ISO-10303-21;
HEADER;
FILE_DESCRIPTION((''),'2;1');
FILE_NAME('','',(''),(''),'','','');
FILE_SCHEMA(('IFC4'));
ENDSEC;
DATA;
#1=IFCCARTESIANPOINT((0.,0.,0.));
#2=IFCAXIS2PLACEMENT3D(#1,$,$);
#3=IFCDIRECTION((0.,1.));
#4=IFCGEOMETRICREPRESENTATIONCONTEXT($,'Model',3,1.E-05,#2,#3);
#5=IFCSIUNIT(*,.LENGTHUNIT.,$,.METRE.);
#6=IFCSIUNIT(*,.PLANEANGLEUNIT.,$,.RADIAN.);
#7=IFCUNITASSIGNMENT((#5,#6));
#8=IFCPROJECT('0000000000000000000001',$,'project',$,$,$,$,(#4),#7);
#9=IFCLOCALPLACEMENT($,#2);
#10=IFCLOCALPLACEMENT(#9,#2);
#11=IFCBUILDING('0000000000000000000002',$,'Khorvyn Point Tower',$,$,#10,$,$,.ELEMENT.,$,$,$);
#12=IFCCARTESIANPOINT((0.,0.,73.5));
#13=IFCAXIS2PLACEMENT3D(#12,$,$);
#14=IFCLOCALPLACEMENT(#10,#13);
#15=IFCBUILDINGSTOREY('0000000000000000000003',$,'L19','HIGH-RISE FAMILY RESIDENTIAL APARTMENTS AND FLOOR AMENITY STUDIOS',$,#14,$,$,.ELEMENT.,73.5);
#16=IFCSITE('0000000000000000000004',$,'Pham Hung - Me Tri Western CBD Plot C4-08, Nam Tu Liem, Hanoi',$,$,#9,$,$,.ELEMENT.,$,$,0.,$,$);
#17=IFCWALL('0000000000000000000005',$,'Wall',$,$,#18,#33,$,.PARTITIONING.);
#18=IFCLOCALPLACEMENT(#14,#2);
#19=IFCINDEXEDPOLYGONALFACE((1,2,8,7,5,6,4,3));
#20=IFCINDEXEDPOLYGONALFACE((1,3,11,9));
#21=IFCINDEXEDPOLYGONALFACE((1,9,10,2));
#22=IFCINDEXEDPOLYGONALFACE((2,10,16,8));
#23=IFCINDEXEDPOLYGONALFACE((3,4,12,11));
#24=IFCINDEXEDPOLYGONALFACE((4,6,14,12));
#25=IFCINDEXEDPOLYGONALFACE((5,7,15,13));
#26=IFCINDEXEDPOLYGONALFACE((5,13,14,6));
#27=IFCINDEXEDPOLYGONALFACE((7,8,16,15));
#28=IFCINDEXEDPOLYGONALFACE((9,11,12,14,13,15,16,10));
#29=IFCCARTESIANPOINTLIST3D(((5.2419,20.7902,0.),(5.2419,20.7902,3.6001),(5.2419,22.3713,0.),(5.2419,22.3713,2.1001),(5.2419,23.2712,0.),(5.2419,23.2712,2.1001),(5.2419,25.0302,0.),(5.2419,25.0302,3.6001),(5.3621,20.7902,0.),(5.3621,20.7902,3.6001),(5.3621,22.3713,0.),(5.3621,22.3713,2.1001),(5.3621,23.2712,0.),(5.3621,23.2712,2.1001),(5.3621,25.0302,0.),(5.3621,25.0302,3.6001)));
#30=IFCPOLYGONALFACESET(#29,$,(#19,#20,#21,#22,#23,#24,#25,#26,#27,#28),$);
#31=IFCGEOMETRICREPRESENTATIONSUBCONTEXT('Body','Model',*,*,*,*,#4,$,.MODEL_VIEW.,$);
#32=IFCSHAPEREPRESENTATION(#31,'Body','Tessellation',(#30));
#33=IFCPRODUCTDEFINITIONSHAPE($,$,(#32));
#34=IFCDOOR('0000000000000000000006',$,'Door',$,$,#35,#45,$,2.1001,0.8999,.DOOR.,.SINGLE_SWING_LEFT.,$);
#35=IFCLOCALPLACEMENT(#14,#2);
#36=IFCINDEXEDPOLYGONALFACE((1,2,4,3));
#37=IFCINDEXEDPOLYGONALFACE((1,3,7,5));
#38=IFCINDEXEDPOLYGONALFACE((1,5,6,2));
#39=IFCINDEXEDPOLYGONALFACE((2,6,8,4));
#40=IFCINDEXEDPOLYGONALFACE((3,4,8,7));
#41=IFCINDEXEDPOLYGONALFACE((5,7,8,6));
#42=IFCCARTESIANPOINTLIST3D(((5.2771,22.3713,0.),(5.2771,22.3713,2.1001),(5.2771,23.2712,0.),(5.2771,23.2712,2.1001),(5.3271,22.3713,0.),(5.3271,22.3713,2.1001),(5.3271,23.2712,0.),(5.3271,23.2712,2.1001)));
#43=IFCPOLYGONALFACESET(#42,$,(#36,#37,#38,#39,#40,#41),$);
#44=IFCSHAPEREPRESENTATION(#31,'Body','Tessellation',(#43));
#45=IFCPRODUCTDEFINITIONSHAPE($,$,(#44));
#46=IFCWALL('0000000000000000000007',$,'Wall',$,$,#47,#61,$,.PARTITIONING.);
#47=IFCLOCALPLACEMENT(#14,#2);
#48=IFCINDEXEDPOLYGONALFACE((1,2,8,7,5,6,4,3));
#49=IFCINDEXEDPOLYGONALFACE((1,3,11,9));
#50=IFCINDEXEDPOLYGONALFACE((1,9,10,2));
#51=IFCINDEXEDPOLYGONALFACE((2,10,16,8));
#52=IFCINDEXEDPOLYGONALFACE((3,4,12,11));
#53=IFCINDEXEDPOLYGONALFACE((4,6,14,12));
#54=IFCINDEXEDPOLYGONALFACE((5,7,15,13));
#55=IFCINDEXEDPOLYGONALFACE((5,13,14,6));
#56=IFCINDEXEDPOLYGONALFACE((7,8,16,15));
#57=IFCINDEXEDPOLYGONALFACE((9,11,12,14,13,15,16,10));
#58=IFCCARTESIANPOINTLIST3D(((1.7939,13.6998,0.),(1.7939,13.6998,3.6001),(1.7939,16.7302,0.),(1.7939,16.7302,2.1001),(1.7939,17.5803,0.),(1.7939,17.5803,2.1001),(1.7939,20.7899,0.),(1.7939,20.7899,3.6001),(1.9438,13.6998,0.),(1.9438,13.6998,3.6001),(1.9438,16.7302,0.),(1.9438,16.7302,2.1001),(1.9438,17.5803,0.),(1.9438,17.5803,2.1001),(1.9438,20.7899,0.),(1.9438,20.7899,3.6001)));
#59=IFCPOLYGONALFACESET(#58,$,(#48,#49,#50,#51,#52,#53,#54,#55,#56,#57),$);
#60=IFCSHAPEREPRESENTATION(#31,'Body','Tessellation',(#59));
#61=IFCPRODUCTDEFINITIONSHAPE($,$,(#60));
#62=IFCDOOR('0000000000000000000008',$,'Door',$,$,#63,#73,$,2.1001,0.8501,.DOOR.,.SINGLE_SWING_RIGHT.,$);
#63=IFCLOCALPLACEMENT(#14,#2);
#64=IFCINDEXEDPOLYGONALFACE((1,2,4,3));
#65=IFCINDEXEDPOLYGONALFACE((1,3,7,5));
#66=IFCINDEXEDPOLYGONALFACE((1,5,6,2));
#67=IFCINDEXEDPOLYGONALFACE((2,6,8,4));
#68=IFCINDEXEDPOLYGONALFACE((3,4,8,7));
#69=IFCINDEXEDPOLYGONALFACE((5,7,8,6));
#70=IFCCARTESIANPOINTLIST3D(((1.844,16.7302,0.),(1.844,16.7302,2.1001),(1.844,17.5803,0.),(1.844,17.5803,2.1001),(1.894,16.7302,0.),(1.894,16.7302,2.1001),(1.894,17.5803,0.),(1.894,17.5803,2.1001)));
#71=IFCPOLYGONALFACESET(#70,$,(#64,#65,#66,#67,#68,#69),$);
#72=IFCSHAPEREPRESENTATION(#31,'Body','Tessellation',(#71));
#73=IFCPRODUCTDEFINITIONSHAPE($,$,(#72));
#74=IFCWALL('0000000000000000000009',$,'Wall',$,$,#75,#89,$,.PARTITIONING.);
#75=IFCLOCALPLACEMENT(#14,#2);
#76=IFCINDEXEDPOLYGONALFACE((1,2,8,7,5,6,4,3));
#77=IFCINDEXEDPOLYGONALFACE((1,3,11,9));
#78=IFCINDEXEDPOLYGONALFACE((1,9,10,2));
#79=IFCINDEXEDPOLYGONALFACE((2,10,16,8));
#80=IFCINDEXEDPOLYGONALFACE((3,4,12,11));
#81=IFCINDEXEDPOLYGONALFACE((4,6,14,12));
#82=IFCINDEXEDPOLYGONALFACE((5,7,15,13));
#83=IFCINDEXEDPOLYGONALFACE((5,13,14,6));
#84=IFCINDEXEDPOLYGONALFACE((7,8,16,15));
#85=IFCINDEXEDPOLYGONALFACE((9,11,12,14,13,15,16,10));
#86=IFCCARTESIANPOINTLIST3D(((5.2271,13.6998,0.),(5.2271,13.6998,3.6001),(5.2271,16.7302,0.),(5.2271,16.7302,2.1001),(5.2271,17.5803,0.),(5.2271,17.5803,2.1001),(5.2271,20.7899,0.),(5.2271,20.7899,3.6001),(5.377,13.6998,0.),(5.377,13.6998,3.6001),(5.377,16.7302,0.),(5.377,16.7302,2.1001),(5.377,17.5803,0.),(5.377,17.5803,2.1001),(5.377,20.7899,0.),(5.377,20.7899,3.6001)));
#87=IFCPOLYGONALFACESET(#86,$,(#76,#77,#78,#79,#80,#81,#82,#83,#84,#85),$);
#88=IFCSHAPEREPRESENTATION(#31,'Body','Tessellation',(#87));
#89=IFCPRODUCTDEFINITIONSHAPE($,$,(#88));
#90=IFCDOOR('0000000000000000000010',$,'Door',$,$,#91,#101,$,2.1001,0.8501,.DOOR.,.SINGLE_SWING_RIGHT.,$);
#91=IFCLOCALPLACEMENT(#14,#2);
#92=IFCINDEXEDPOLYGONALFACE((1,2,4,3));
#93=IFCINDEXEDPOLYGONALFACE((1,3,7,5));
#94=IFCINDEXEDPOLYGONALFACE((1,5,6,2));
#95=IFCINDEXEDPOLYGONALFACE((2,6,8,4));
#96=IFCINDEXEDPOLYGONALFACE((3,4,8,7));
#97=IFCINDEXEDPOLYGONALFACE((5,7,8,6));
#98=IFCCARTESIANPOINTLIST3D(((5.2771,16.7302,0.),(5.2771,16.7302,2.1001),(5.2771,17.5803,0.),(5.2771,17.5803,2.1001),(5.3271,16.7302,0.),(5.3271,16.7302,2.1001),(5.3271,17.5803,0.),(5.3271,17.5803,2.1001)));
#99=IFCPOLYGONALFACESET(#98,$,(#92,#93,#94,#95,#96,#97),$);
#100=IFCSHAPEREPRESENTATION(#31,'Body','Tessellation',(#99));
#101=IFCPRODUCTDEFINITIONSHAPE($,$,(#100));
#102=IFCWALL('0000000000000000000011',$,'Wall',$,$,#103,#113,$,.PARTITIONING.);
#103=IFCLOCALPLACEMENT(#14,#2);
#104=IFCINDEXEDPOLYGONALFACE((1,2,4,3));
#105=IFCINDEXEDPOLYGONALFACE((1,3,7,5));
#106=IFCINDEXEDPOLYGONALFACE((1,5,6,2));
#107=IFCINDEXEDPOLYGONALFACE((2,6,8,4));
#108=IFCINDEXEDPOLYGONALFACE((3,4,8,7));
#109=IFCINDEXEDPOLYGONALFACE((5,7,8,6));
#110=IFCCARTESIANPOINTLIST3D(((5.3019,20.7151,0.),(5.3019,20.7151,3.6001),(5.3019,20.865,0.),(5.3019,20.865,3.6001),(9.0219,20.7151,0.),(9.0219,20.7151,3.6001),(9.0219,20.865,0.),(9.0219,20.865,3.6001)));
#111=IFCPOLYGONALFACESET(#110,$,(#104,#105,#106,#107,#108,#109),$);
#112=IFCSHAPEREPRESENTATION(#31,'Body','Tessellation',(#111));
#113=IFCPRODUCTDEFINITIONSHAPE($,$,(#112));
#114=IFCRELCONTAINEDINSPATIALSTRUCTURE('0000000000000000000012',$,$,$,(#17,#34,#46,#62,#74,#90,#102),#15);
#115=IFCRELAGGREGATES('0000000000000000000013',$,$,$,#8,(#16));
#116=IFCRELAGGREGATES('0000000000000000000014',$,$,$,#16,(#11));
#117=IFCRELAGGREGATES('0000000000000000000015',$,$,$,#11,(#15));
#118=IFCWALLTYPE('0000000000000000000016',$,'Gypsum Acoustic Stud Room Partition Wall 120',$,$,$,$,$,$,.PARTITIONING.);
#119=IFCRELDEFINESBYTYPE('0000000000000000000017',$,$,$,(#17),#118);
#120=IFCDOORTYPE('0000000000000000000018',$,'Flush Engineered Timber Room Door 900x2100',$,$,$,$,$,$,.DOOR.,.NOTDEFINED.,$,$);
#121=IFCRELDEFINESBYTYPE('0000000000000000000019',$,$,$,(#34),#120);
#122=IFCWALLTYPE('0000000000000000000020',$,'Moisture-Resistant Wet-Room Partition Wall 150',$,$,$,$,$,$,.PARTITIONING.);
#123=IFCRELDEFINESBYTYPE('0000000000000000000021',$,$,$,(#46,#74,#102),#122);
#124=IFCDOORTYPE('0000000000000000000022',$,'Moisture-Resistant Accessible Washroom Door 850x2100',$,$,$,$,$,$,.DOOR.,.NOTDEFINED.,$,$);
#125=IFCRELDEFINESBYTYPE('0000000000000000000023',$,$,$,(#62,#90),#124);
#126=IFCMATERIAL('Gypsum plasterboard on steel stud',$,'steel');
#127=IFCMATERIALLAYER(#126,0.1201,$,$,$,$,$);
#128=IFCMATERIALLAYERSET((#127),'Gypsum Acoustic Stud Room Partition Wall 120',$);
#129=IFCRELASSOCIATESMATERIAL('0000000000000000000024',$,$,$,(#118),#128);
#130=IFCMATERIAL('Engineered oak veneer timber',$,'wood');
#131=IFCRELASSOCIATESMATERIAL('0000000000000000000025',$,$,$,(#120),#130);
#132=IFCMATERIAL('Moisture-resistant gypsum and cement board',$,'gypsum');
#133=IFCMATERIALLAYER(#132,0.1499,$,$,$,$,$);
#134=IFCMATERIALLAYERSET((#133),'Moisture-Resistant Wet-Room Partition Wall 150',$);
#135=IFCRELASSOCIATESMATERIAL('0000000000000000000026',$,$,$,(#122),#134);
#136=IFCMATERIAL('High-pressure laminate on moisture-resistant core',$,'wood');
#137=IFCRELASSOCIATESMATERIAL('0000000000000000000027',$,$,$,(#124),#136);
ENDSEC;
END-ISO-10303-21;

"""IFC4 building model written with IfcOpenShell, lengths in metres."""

from ifc_helpers import new_model, si_unit, direction, frame, frame_2d, origin, place, context, subcontext, project, spatial, rectangle, extrude, material, layer, layer_set, type_object, element, fill, save


model = new_model("IFC4")

# Units and contexts
model_context = context("Model", 3, precision=1e-05, world=origin(), true_north=direction((0.0, 1.0)))
body_context = subcontext(model_context, "Body", "Model", "MODEL_VIEW")
ifc_project = project(units=[si_unit("LENGTHUNIT", "METRE"), si_unit("PLANEANGLEUNIT", "RADIAN")], contexts=[model_context])

# Site, building, storey
site_placement = place(None, origin())
site = spatial("IfcSite", under=ifc_project, at=site_placement, Name="Pham Hung - Me Tri Western CBD Plot C4-08, Nam Tu Liem, Hanoi", CompositionType="ELEMENT", RefElevation=0.0)
building_placement = place(site_placement, origin())
building = spatial("IfcBuilding", under=site, at=building_placement, Name="Khorvyn Point Tower", CompositionType="ELEMENT")
storey_placement = place(building_placement, frame((0.0, 0.0, 73.5)))
storey = spatial("IfcBuildingStorey", under=building, at=storey_placement, Name="L19", Description="HIGH-RISE FAMILY RESIDENTIAL APARTMENTS AND FLOOR AMENITY STUDIOS", CompositionType="ELEMENT", Elevation=73.5)

# Walls, openings, doors
ifc_material_1 = material(Name="Gypsum plasterboard on steel stud", Category="steel")
ifc_layer_1 = layer(ifc_material_1, 0.1201)
ifc_layer_set_1 = layer_set([ifc_layer_1], Name="Gypsum Acoustic Stud Room Partition Wall 120")
wall_type_1 = type_object("IfcWallType", Name="Gypsum Acoustic Stud Room Partition Wall 120", PredefinedType="PARTITIONING", material=ifc_layer_set_1)
ifc_material_2 = material(Name="Engineered oak veneer timber", Category="wood")
door_type_1 = type_object("IfcDoorType", Name="Flush Engineered Timber Room Door 900x2100", OperationType="NOTDEFINED", PredefinedType="DOOR", material=ifc_material_2)
wall_1_placement = place(storey_placement, frame((5.302, 20.79, 0.0), z_axis=(0.0, 0.0, 1.0), x_axis=(0.0, 1.0, 0.0)))
wall_1 = element("IfcWall", 1, at=wall_1_placement, inside=storey, type_object=wall_type_1, Name="Wall", PredefinedType="PARTITIONING", context=body_context, shape_type="SweptSolid", body=[
    extrude(rectangle(XDim=4.24, YDim=0.1201, at=frame_2d((2.1201, 0.0))), origin(), (0.0, 0.0, 1.0), 3.6001),
])
opening_1_placement = place(wall_1_placement, frame((1.5813, 0.0, 0.0)))
opening_1 = element("IfcOpeningElement", 2, at=opening_1_placement, cuts=wall_1, PredefinedType="OPENING", context=body_context, shape_type="SweptSolid", body=[
    extrude(rectangle(XDim=0.8999, YDim=2.1001, at=frame_2d((0.45, 1.05))), frame((0.0, 0.0701, 0.0), z_axis=(0.0, -1.0, 0.0), x_axis=(1.0, 0.0, 0.0)), (0.0, 0.0, 1.0), 0.1401),
])
door_1_placement = place(opening_1_placement, origin())
door_1 = element("IfcDoor", 3, at=door_1_placement, inside=storey, type_object=door_type_1, Name="Door", OperationType="SINGLE_SWING_LEFT", OverallHeight=2.1001, OverallWidth=0.8999, PredefinedType="DOOR", context=body_context, shape_type="SweptSolid", body=[
    extrude(rectangle(XDim=0.8999, YDim=2.1001, at=frame_2d((0.45, 1.05))), frame((0.0, 0.0249, 0.0), z_axis=(0.0, -1.0, 0.0), x_axis=(1.0, 0.0, 0.0)), (0.0, 0.0, 1.0), 0.05),
])
fill(opening_1, door_1)
ifc_material_3 = material(Name="Moisture-resistant gypsum and cement board", Category="gypsum")
ifc_layer_2 = layer(ifc_material_3, 0.1499)
ifc_layer_set_2 = layer_set([ifc_layer_2], Name="Moisture-Resistant Wet-Room Partition Wall 150")
wall_type_2 = type_object("IfcWallType", Name="Moisture-Resistant Wet-Room Partition Wall 150", PredefinedType="PARTITIONING", material=ifc_layer_set_2)
wall_2_placement = place(storey_placement, frame((1.8689, 13.7, 0.0), z_axis=(0.0, 0.0, 1.0), x_axis=(0.0, 1.0, 0.0)))
wall_2 = element("IfcWall", 4, at=wall_2_placement, inside=storey, type_object=wall_type_2, Name="Wall", PredefinedType="PARTITIONING", context=body_context, shape_type="SweptSolid", body=[
    extrude(rectangle(XDim=7.0901, YDim=0.1499, at=frame_2d((3.5449, 0.0))), origin(), (0.0, 0.0, 1.0), 3.6001),
])
opening_2_placement = place(wall_2_placement, frame((3.0303, 0.0, 0.0)))
opening_2 = element("IfcOpeningElement", 5, at=opening_2_placement, cuts=wall_2, PredefinedType="OPENING", context=body_context, shape_type="SweptSolid", body=[
    extrude(rectangle(XDim=0.8501, YDim=2.1001, at=frame_2d((0.425, 1.05))), frame((0.0, 0.085, 0.0), z_axis=(0.0, -1.0, 0.0), x_axis=(1.0, 0.0, 0.0)), (0.0, 0.0, 1.0), 0.1699),
])
ifc_material_4 = material(Name="High-pressure laminate on moisture-resistant core", Category="wood")
door_type_2 = type_object("IfcDoorType", Name="Moisture-Resistant Accessible Washroom Door 850x2100", OperationType="NOTDEFINED", PredefinedType="DOOR", material=ifc_material_4)
door_2_placement = place(opening_2_placement, origin())
door_2 = element("IfcDoor", 6, at=door_2_placement, inside=storey, type_object=door_type_2, Name="Door", OperationType="SINGLE_SWING_RIGHT", OverallHeight=2.1001, OverallWidth=0.8501, PredefinedType="DOOR", context=body_context, shape_type="SweptSolid", body=[
    extrude(rectangle(XDim=0.8501, YDim=2.1001, at=frame_2d((0.425, 1.05))), frame((0.0, 0.0249, 0.0), z_axis=(0.0, -1.0, 0.0), x_axis=(1.0, 0.0, 0.0)), (0.0, 0.0, 1.0), 0.05),
])
fill(opening_2, door_2)
wall_3_placement = place(storey_placement, frame((5.302, 13.7, 0.0), z_axis=(0.0, 0.0, 1.0), x_axis=(0.0, 1.0, 0.0)))
wall_3 = element("IfcWall", 7, at=wall_3_placement, inside=storey, type_object=wall_type_2, Name="Wall", PredefinedType="PARTITIONING", context=body_context, shape_type="SweptSolid", body=[
    extrude(rectangle(XDim=7.0901, YDim=0.1499, at=frame_2d((3.5449, 0.0))), origin(), (0.0, 0.0, 1.0), 3.6001),
])
opening_3_placement = place(wall_3_placement, frame((3.0303, 0.0, 0.0)))
opening_3 = element("IfcOpeningElement", 8, at=opening_3_placement, cuts=wall_3, PredefinedType="OPENING", context=body_context, shape_type="SweptSolid", body=[
    extrude(rectangle(XDim=0.8501, YDim=2.1001, at=frame_2d((0.425, 1.05))), frame((0.0, 0.085, 0.0), z_axis=(0.0, -1.0, 0.0), x_axis=(1.0, 0.0, 0.0)), (0.0, 0.0, 1.0), 0.1699),
])
door_3_placement = place(opening_3_placement, origin())
door_3 = element("IfcDoor", 9, at=door_3_placement, inside=storey, type_object=door_type_2, Name="Door", OperationType="SINGLE_SWING_RIGHT", OverallHeight=2.1001, OverallWidth=0.8501, PredefinedType="DOOR", context=body_context, shape_type="SweptSolid", body=[
    extrude(rectangle(XDim=0.8501, YDim=2.1001, at=frame_2d((0.425, 1.05))), frame((0.0, 0.0249, 0.0), z_axis=(0.0, -1.0, 0.0), x_axis=(1.0, 0.0, 0.0)), (0.0, 0.0, 1.0), 0.05),
])
fill(opening_3, door_3)

# Wall
wall_4_placement = place(storey_placement, frame((5.302, 20.79, 0.0), z_axis=(0.0, 0.0, 1.0), x_axis=(1.0, 0.0, 0.0)))
element("IfcWall", 10, at=wall_4_placement, inside=storey, type_object=wall_type_2, Name="Wall", PredefinedType="PARTITIONING", context=body_context, shape_type="SweptSolid", body=[
    extrude(rectangle(XDim=3.72, YDim=0.1499, at=frame_2d((1.8599, 0.0))), origin(), (0.0, 0.0, 1.0), 3.6001),
])

save(model, "model.ifc")
